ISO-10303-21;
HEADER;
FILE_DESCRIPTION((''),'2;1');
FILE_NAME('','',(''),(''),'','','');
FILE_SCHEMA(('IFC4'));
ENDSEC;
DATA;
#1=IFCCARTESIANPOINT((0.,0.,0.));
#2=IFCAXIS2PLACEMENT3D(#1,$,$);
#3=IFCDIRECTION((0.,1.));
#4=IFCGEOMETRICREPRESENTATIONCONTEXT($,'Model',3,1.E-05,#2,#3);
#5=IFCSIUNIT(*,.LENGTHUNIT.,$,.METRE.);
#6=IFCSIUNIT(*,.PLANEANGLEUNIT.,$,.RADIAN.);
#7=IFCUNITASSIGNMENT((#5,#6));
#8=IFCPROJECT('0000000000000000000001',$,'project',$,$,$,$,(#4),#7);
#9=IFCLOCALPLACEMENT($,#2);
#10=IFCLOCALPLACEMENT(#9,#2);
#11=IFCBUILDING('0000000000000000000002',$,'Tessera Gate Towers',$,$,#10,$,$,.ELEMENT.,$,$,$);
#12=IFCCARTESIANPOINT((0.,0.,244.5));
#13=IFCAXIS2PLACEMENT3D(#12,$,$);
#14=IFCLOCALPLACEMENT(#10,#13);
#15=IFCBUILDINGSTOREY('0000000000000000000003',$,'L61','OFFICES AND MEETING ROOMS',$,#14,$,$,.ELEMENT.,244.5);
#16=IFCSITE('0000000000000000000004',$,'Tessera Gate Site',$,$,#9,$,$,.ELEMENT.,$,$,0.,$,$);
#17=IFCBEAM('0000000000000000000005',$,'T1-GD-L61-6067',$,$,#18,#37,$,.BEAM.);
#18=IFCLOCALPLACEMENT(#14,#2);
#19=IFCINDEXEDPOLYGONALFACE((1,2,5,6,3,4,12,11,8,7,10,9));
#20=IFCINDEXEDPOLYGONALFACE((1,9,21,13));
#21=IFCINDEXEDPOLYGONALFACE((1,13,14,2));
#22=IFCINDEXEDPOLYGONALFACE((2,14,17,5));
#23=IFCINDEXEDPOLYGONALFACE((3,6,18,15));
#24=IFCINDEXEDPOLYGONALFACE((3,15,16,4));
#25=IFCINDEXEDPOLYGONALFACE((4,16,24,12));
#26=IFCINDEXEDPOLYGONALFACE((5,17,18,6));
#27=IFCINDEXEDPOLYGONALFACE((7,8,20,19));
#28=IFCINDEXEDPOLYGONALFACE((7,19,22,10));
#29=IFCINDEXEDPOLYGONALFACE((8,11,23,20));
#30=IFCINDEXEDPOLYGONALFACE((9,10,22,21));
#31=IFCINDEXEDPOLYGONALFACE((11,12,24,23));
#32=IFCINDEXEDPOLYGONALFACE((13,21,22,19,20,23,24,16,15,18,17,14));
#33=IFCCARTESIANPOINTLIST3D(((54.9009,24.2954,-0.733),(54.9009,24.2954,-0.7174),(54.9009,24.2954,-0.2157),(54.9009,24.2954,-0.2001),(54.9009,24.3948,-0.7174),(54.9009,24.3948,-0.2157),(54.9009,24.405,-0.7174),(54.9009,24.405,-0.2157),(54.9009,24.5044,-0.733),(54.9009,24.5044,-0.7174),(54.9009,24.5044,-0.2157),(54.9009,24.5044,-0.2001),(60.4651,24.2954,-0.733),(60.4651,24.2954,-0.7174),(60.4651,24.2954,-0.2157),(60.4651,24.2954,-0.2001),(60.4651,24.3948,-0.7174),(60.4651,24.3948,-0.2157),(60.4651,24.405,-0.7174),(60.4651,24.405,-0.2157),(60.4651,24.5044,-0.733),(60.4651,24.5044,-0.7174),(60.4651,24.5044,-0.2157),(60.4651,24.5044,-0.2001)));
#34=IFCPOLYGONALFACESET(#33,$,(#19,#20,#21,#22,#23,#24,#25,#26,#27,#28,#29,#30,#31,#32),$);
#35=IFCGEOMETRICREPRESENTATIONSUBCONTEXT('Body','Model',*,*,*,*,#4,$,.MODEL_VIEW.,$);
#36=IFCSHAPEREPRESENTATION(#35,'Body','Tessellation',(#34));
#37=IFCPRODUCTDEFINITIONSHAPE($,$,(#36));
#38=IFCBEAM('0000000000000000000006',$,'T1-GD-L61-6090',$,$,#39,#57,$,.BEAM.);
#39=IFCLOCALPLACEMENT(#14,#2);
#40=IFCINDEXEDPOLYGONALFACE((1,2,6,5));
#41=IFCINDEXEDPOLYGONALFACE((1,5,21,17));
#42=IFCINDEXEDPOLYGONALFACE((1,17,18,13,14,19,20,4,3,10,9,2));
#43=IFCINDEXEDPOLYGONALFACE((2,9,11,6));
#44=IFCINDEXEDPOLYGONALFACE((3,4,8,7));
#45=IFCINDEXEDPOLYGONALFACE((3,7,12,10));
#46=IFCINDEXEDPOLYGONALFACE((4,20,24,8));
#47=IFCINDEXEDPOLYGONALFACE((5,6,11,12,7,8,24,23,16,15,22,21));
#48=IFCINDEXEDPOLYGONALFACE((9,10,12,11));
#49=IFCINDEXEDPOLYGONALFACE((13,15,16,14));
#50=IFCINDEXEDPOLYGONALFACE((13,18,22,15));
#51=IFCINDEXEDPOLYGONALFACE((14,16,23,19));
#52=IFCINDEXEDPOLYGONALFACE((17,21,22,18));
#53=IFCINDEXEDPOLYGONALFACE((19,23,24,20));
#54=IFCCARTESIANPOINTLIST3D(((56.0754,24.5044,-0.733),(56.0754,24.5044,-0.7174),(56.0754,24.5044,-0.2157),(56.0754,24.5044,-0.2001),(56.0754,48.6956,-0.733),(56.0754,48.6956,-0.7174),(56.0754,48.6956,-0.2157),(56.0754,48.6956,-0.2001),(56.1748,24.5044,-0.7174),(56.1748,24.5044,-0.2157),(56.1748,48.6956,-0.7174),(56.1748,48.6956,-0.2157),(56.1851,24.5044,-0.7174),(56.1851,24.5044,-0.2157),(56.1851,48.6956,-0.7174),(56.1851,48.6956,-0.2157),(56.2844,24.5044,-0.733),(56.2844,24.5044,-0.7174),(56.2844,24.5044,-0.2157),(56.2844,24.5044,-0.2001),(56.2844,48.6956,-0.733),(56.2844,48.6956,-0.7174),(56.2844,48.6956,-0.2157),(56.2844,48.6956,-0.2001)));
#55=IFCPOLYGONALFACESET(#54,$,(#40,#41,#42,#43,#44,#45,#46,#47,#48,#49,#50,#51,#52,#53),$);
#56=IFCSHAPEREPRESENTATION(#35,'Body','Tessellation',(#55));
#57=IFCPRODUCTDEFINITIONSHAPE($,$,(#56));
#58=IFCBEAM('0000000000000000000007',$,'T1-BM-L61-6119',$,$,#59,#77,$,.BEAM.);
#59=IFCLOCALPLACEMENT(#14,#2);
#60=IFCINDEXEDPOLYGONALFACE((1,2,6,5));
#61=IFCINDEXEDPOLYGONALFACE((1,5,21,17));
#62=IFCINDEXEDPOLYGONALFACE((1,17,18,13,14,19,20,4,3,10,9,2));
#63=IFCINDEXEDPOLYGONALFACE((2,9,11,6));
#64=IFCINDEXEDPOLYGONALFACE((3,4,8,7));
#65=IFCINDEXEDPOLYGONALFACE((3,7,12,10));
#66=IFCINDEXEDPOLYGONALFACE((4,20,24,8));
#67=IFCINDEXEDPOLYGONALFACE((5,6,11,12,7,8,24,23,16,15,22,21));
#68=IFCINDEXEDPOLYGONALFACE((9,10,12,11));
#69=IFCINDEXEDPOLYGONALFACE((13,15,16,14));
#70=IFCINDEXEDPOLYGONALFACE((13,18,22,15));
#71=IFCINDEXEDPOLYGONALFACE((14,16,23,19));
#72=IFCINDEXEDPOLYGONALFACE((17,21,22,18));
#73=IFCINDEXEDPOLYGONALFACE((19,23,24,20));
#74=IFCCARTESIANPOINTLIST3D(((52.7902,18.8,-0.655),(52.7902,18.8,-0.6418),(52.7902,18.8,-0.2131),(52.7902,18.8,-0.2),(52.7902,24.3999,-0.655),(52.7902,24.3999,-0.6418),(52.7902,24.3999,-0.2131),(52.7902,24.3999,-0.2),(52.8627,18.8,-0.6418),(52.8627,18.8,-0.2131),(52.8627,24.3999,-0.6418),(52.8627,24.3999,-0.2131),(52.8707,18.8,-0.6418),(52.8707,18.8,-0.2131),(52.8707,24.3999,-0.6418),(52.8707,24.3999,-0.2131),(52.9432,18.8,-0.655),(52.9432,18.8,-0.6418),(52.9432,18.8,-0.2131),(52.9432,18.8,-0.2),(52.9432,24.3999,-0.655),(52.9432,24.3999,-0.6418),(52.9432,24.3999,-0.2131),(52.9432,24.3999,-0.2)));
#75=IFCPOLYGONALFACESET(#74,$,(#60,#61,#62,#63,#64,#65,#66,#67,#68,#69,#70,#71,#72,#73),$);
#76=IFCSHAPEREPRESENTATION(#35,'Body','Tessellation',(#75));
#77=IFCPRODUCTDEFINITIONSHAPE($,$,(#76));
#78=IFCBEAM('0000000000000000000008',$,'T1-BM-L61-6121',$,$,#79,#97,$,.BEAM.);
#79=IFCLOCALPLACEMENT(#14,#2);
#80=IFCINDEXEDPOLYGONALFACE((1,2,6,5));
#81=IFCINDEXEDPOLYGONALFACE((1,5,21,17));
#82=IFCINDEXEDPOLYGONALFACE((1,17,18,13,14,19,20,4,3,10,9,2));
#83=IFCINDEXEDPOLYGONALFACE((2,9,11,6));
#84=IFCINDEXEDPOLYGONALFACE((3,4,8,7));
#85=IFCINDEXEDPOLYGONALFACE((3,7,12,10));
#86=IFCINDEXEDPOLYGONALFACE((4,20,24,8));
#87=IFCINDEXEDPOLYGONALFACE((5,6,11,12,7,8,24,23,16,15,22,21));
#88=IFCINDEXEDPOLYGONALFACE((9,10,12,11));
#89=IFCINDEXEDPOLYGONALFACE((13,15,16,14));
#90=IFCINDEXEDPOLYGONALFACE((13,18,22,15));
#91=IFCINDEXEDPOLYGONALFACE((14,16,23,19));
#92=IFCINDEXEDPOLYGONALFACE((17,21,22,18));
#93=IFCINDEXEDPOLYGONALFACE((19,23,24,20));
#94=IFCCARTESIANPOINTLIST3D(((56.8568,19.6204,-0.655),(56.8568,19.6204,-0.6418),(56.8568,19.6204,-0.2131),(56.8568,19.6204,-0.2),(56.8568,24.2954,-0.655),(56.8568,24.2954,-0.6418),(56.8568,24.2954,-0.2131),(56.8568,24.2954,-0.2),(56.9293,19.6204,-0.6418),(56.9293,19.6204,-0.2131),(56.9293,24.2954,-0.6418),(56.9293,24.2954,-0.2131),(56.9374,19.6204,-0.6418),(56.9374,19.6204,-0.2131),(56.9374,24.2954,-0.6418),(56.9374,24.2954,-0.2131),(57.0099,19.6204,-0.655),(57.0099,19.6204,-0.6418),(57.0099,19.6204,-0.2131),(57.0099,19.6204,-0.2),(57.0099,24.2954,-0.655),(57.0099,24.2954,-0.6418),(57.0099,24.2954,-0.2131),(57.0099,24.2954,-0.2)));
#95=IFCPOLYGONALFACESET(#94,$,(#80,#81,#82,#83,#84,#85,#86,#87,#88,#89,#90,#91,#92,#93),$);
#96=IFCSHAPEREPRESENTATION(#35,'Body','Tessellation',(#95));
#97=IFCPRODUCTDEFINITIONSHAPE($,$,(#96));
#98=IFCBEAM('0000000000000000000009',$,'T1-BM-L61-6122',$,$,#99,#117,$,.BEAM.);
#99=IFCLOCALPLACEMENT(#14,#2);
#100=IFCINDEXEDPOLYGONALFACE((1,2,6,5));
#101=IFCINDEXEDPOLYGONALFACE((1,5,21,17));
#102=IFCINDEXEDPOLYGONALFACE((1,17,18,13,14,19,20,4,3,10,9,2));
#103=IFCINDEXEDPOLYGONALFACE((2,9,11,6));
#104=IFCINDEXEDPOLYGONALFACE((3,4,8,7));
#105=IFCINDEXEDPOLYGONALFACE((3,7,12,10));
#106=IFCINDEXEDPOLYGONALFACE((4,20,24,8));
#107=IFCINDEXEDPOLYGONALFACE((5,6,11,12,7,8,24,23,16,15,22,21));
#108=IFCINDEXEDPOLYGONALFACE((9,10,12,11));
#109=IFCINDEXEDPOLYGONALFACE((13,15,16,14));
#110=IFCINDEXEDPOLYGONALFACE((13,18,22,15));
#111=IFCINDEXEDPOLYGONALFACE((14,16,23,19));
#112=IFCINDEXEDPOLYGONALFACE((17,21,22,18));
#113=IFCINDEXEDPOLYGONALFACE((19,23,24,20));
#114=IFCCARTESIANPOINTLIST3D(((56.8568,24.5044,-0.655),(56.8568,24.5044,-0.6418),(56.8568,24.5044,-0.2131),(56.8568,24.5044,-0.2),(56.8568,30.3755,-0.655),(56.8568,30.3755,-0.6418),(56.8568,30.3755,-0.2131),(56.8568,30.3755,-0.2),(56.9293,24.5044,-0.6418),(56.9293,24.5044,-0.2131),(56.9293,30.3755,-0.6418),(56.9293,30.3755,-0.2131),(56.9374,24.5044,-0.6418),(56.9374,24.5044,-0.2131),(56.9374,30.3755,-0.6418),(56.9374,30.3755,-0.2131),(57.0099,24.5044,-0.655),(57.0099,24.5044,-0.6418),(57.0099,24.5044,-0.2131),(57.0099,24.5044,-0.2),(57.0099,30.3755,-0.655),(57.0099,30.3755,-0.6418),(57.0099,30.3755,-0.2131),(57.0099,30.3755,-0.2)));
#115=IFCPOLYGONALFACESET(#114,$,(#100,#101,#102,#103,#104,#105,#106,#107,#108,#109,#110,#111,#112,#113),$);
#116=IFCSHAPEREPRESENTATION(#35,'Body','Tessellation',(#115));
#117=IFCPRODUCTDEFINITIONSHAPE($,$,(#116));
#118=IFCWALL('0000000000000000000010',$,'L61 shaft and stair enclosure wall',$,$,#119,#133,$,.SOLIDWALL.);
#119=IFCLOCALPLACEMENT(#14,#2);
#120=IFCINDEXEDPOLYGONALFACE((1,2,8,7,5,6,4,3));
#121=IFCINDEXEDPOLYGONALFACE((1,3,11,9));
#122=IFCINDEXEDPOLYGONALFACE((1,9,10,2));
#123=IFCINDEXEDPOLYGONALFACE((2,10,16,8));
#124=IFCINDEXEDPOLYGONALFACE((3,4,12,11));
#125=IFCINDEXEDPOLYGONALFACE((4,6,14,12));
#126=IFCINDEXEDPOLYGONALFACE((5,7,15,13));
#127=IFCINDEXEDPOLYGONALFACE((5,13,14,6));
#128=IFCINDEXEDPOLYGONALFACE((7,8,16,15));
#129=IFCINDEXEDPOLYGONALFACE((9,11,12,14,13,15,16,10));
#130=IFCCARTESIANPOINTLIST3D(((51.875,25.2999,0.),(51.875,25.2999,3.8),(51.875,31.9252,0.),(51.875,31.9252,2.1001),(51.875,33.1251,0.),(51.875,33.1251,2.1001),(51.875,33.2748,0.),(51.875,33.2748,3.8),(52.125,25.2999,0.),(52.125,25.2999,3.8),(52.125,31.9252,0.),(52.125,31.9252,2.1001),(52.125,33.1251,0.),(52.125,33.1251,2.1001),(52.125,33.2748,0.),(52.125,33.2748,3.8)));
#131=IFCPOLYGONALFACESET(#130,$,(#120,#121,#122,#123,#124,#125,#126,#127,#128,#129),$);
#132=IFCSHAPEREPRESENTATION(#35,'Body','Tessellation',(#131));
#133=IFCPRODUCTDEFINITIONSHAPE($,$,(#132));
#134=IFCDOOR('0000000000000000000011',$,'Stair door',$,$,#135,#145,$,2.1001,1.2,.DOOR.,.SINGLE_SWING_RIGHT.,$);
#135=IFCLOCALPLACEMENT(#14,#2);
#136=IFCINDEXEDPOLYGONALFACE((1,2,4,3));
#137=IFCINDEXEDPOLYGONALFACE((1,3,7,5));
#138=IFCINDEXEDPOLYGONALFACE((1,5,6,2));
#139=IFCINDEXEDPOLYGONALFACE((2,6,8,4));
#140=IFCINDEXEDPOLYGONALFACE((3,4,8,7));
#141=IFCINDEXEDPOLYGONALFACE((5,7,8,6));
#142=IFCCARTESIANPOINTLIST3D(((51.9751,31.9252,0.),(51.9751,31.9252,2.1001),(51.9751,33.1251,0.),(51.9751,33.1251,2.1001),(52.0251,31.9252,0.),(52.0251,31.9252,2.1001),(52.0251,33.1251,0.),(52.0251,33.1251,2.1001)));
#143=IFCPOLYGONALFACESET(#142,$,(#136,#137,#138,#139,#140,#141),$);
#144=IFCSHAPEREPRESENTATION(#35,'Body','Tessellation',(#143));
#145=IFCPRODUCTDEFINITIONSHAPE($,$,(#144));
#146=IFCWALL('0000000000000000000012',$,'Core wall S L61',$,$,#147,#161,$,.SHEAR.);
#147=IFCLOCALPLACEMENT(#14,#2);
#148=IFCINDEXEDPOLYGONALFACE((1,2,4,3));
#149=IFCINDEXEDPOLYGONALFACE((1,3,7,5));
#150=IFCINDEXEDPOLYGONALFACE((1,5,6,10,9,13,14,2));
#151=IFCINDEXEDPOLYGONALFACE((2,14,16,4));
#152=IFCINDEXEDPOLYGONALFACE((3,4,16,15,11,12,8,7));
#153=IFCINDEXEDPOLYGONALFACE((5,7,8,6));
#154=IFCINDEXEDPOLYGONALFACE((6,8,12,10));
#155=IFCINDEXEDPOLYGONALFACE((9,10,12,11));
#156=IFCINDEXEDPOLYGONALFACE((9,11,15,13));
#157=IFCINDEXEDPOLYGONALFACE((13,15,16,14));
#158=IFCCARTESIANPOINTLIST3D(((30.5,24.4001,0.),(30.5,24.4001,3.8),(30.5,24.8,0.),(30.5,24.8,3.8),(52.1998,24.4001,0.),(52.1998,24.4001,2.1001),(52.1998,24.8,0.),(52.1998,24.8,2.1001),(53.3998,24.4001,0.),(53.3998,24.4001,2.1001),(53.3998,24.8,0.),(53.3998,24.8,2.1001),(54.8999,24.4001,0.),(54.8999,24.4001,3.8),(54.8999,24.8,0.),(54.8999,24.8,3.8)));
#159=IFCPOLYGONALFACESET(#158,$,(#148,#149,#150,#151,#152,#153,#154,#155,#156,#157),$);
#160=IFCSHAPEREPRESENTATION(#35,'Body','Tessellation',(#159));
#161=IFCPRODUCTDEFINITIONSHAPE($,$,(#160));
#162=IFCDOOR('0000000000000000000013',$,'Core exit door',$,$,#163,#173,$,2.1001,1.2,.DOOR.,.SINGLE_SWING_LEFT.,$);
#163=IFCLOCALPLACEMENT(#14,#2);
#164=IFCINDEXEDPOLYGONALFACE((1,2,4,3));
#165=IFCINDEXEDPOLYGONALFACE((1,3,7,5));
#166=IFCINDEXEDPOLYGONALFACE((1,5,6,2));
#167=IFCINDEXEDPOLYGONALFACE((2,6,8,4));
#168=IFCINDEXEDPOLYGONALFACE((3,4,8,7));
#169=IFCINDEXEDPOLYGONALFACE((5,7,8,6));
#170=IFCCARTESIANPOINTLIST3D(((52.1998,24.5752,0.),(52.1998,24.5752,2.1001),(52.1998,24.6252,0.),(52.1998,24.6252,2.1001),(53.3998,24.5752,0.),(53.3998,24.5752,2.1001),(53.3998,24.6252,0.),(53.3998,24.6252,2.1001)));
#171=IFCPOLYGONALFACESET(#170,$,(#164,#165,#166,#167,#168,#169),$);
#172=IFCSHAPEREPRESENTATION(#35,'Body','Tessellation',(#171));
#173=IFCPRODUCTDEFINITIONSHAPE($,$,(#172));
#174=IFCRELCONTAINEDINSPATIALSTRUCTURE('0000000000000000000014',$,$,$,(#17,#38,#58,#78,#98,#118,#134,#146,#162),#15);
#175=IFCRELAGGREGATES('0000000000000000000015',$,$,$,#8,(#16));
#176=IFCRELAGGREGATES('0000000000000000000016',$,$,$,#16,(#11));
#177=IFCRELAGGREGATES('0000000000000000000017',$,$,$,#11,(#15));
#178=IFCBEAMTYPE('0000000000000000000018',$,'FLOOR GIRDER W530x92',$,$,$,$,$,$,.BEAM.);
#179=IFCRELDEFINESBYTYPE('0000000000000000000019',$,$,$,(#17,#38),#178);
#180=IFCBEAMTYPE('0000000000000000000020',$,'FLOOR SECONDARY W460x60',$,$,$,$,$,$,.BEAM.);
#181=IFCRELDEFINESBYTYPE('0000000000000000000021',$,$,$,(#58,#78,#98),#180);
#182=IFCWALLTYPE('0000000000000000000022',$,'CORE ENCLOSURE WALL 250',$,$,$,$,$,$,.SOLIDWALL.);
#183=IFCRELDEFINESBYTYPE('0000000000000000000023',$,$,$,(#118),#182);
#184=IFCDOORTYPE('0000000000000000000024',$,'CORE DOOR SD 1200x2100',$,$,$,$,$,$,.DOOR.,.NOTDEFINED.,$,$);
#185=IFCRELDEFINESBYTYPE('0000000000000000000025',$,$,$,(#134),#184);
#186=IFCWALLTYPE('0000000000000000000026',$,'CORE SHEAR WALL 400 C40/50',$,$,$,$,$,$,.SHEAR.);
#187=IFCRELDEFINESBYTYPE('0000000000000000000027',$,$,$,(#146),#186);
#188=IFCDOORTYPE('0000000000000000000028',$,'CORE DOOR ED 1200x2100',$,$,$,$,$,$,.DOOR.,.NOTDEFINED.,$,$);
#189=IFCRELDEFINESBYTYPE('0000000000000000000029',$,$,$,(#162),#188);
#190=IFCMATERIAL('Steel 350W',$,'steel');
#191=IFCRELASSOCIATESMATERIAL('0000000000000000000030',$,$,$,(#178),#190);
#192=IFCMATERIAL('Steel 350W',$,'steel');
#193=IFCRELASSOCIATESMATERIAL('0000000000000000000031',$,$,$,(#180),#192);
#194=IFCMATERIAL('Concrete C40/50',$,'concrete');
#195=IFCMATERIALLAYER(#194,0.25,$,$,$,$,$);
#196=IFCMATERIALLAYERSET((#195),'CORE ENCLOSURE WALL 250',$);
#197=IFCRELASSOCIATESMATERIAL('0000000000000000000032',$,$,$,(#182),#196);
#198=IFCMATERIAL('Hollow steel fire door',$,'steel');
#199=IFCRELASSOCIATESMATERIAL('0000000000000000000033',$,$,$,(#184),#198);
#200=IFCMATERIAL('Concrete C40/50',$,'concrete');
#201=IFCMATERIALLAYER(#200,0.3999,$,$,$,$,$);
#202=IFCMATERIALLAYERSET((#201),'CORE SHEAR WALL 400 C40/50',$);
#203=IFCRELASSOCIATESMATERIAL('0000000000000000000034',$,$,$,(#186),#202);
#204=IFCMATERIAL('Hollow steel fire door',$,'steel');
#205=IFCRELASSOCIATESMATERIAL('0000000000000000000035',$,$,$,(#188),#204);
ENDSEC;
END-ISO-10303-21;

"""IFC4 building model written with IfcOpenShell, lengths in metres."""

from ifc_helpers import new_model, si_unit, direction, frame, frame_2d, origin, origin_2d, place, context, subcontext, project, spatial, rectangle, i_section, extrude, source, transform, mapped, material, layer, layer_set, material_profile, profile_set, type_object, element, fill, save


model = new_model("IFC4")

# Units and contexts
model_context = context("Model", 3, precision=1e-05, world=origin(), true_north=direction((0.0, 1.0)))
body_context = subcontext(model_context, "Body", "Model", "MODEL_VIEW")
ifc_project = project(units=[si_unit("LENGTHUNIT", "METRE"), si_unit("PLANEANGLEUNIT", "RADIAN")], contexts=[model_context])

# Site, building, storey
site_placement = place(None, origin())
site = spatial("IfcSite", under=ifc_project, at=site_placement, Name="Tessera Gate Site", CompositionType="ELEMENT", RefElevation=0.0)
building_placement = place(site_placement, origin())
building = spatial("IfcBuilding", under=site, at=building_placement, Name="Tessera Gate Towers", CompositionType="ELEMENT")
storey_placement = place(building_placement, frame((0.0, 0.0, 244.5)))
storey = spatial("IfcBuildingStorey", under=building, at=storey_placement, Name="L61", Description="OFFICES AND MEETING ROOMS", CompositionType="ELEMENT", Elevation=244.5)

# Beams
ifc_material_1 = material(Name="Steel 350W", Category="steel")
ifc_material_profile_1 = material_profile(ifc_material_1, i_section(OverallWidth=0.209, OverallDepth=0.533, WebThickness=0.0103, FlangeThickness=0.0156, at=origin_2d()), Name="W530x92")
ifc_profile_set_1 = profile_set([ifc_material_profile_1], Name="Steel 350W")
beam_type_1 = type_object("IfcBeamType", Name="FLOOR GIRDER W530x92", PredefinedType="BEAM", material=ifc_profile_set_1)
beam_1_placement = place(storey_placement, frame((54.9009, 24.3999, -0.4666), z_axis=(1.0, 0.0, 0.0), x_axis=(0.0, 1.0, 0.0)))
element("IfcBeam", 1, at=beam_1_placement, inside=storey, type_object=beam_type_1, Name="T1-GD-L61-6067", PredefinedType="BEAM", context=body_context, shape_type="SweptSolid", body=[
    extrude(i_section(OverallWidth=0.209, OverallDepth=0.533, WebThickness=0.0103, FlangeThickness=0.0156, at=origin_2d()), origin(), (0.0, 0.0, 1.0), 5.5642),
])
beam_2_placement = place(storey_placement, frame((56.1799, 24.5044, -0.4666), z_axis=(0.0, 1.0, 0.0), x_axis=(-1.0, 0.0, 0.0)))
element("IfcBeam", 2, at=beam_2_placement, inside=storey, type_object=beam_type_1, Name="T1-GD-L61-6090", PredefinedType="BEAM", context=body_context, shape_type="SweptSolid", body=[
    extrude(i_section(OverallWidth=0.209, OverallDepth=0.533, WebThickness=0.0103, FlangeThickness=0.0156, at=origin_2d()), origin(), (0.0, 0.0, 1.0), 24.1912),
])
ifc_material_2 = material(Name="Steel 350W", Category="steel")
ifc_material_profile_2 = material_profile(ifc_material_2, i_section(OverallWidth=0.1531, OverallDepth=0.4551, WebThickness=0.0081, FlangeThickness=0.0132, at=origin_2d()), Name="W460x60")
ifc_profile_set_2 = profile_set([ifc_material_profile_2], Name="Steel 350W")
beam_type_2 = type_object("IfcBeamType", Name="FLOOR SECONDARY W460x60", PredefinedType="BEAM", material=ifc_profile_set_2)
beam_3_placement = place(storey_placement, frame((52.8667, 18.8, -0.4275), z_axis=(0.0, 1.0, 0.0), x_axis=(-1.0, 0.0, 0.0)))
element("IfcBeam", 3, at=beam_3_placement, inside=storey, type_object=beam_type_2, Name="T1-BM-L61-6119", PredefinedType="BEAM", context=body_context, shape_type="SweptSolid", body=[
    extrude(i_section(OverallWidth=0.1531, OverallDepth=0.4551, WebThickness=0.0081, FlangeThickness=0.0132, at=origin_2d()), origin(), (0.0, 0.0, 1.0), 5.5999),
])
beam_4_placement = place(storey_placement, frame((56.9333, 19.6204, -0.4275), z_axis=(0.0, 1.0, 0.0), x_axis=(-1.0, 0.0, 0.0)))
element("IfcBeam", 4, at=beam_4_placement, inside=storey, type_object=beam_type_2, Name="T1-BM-L61-6121", PredefinedType="BEAM", context=body_context, shape_type="SweptSolid", body=[
    extrude(i_section(OverallWidth=0.1531, OverallDepth=0.4551, WebThickness=0.0081, FlangeThickness=0.0132, at=origin_2d()), origin(), (0.0, 0.0, 1.0), 4.675),
])
beam_5_placement = place(storey_placement, frame((56.9333, 24.5044, -0.4275), z_axis=(0.0, 1.0, 0.0), x_axis=(-1.0, 0.0, 0.0)))
element("IfcBeam", 5, at=beam_5_placement, inside=storey, type_object=beam_type_2, Name="T1-BM-L61-6122", PredefinedType="BEAM", context=body_context, shape_type="SweptSolid", body=[
    extrude(i_section(OverallWidth=0.1531, OverallDepth=0.4551, WebThickness=0.0081, FlangeThickness=0.0132, at=origin_2d()), origin(), (0.0, 0.0, 1.0), 5.8711),
])

# Walls, openings, doors
ifc_material_3 = material(Name="Concrete C40/50", Category="concrete")
ifc_layer_1 = layer(ifc_material_3, 0.25)
ifc_layer_set_1 = layer_set([ifc_layer_1], Name="CORE ENCLOSURE WALL 250")
wall_type_1 = type_object("IfcWallType", Name="CORE ENCLOSURE WALL 250", PredefinedType="SOLIDWALL", material=ifc_layer_set_1)
wall_1_placement = place(storey_placement, frame((52.0, 25.3, 0.0), z_axis=(0.0, 0.0, 1.0), x_axis=(0.0, 1.0, 0.0)))
wall_1 = element("IfcWall", 6, at=wall_1_placement, inside=storey, type_object=wall_type_1, Name="L61 shaft and stair enclosure wall", PredefinedType="SOLIDWALL", context=body_context, shape_type="SweptSolid", body=[
    extrude(rectangle(XDim=7.9749, YDim=0.25, at=frame_2d((3.9873, 0.0))), origin(), (0.0, 0.0, 1.0), 3.8),
])
shared_shape_1 = source(origin(), body_context, "Body", "SweptSolid", [
    extrude(rectangle(XDim=1.2, YDim=2.1001, at=frame_2d((0.6001, 1.05))), frame((0.0, 0.135, 0.0), z_axis=(0.0, -1.0, 0.0), x_axis=(1.0, 0.0, 0.0)), (0.0, 0.0, 1.0), 0.27),
])
opening_1_placement = place(wall_1_placement, frame((6.625, 0.0, 0.0)))
opening_1 = element("IfcOpeningElement", 7, at=opening_1_placement, cuts=wall_1, PredefinedType="OPENING", context=body_context, shape_type="MappedRepresentation", body=[
    mapped(shared_shape_1, transform((0.0, 0.0, 0.0), scale=1.0)),
])
ifc_material_4 = material(Name="Hollow steel fire door", Category="steel")
door_type_1 = type_object("IfcDoorType", Name="CORE DOOR SD 1200x2100", OperationType="NOTDEFINED", PredefinedType="DOOR", material=ifc_material_4)
shared_shape_2 = source(origin(), body_context, "Body", "SweptSolid", [
    extrude(rectangle(XDim=1.2, YDim=2.1001, at=frame_2d((0.6001, 1.05))), frame((0.0, 0.0249, 0.0), z_axis=(0.0, -1.0, 0.0), x_axis=(1.0, 0.0, 0.0)), (0.0, 0.0, 1.0), 0.05),
])
door_1_placement = place(opening_1_placement, origin())
door_1 = element("IfcDoor", 8, at=door_1_placement, inside=storey, type_object=door_type_1, Name="Stair door", OperationType="SINGLE_SWING_RIGHT", OverallHeight=2.1001, OverallWidth=1.2, PredefinedType="DOOR", context=body_context, shape_type="MappedRepresentation", body=[
    mapped(shared_shape_2, transform((0.0, 0.0, 0.0), scale=1.0)),
])
fill(opening_1, door_1)
ifc_material_5 = material(Name="Concrete C40/50", Category="concrete")
ifc_layer_2 = layer(ifc_material_5, 0.3999)
ifc_layer_set_2 = layer_set([ifc_layer_2], Name="CORE SHEAR WALL 400 C40/50")
wall_type_2 = type_object("IfcWallType", Name="CORE SHEAR WALL 400 C40/50", PredefinedType="SHEAR", material=ifc_layer_set_2)
wall_2_placement = place(storey_placement, frame((54.8999, 24.6001, 0.0), z_axis=(0.0, 0.0, 1.0), x_axis=(-1.0, 0.0, 0.0)))
wall_2 = element("IfcWall", 9, at=wall_2_placement, inside=storey, type_object=wall_type_2, Name="Core wall S L61", PredefinedType="SHEAR", context=body_context, shape_type="SweptSolid", body=[
    extrude(rectangle(XDim=24.3999, YDim=0.3999, at=frame_2d((12.2, 0.0))), origin(), (0.0, 0.0, 1.0), 3.8),
])
shared_shape_3 = source(origin(), body_context, "Body", "SweptSolid", [
    extrude(rectangle(XDim=1.2, YDim=2.1001, at=frame_2d((0.6001, 1.05))), frame((0.0, 0.21, 0.0), z_axis=(0.0, -1.0, 0.0), x_axis=(1.0, 0.0, 0.0)), (0.0, 0.0, 1.0), 0.4199),
])
opening_2_placement = place(wall_2_placement, frame((1.5, 0.0, 0.0)))
opening_2 = element("IfcOpeningElement", 10, at=opening_2_placement, cuts=wall_2, PredefinedType="OPENING", context=body_context, shape_type="MappedRepresentation", body=[
    mapped(shared_shape_3, transform((0.0, 0.0, 0.0), scale=1.0)),
])
ifc_material_6 = material(Name="Hollow steel fire door", Category="steel")
door_type_2 = type_object("IfcDoorType", Name="CORE DOOR ED 1200x2100", OperationType="NOTDEFINED", PredefinedType="DOOR", material=ifc_material_6)
door_2_placement = place(opening_2_placement, origin())
door_2 = element("IfcDoor", 11, at=door_2_placement, inside=storey, type_object=door_type_2, Name="Core exit door", OperationType="SINGLE_SWING_LEFT", OverallHeight=2.1001, OverallWidth=1.2, PredefinedType="DOOR", context=body_context, shape_type="MappedRepresentation", body=[
    mapped(shared_shape_2, transform((0.0, 0.0, 0.0), scale=1.0)),
])
fill(opening_2, door_2)

save(model, "model.ifc")
